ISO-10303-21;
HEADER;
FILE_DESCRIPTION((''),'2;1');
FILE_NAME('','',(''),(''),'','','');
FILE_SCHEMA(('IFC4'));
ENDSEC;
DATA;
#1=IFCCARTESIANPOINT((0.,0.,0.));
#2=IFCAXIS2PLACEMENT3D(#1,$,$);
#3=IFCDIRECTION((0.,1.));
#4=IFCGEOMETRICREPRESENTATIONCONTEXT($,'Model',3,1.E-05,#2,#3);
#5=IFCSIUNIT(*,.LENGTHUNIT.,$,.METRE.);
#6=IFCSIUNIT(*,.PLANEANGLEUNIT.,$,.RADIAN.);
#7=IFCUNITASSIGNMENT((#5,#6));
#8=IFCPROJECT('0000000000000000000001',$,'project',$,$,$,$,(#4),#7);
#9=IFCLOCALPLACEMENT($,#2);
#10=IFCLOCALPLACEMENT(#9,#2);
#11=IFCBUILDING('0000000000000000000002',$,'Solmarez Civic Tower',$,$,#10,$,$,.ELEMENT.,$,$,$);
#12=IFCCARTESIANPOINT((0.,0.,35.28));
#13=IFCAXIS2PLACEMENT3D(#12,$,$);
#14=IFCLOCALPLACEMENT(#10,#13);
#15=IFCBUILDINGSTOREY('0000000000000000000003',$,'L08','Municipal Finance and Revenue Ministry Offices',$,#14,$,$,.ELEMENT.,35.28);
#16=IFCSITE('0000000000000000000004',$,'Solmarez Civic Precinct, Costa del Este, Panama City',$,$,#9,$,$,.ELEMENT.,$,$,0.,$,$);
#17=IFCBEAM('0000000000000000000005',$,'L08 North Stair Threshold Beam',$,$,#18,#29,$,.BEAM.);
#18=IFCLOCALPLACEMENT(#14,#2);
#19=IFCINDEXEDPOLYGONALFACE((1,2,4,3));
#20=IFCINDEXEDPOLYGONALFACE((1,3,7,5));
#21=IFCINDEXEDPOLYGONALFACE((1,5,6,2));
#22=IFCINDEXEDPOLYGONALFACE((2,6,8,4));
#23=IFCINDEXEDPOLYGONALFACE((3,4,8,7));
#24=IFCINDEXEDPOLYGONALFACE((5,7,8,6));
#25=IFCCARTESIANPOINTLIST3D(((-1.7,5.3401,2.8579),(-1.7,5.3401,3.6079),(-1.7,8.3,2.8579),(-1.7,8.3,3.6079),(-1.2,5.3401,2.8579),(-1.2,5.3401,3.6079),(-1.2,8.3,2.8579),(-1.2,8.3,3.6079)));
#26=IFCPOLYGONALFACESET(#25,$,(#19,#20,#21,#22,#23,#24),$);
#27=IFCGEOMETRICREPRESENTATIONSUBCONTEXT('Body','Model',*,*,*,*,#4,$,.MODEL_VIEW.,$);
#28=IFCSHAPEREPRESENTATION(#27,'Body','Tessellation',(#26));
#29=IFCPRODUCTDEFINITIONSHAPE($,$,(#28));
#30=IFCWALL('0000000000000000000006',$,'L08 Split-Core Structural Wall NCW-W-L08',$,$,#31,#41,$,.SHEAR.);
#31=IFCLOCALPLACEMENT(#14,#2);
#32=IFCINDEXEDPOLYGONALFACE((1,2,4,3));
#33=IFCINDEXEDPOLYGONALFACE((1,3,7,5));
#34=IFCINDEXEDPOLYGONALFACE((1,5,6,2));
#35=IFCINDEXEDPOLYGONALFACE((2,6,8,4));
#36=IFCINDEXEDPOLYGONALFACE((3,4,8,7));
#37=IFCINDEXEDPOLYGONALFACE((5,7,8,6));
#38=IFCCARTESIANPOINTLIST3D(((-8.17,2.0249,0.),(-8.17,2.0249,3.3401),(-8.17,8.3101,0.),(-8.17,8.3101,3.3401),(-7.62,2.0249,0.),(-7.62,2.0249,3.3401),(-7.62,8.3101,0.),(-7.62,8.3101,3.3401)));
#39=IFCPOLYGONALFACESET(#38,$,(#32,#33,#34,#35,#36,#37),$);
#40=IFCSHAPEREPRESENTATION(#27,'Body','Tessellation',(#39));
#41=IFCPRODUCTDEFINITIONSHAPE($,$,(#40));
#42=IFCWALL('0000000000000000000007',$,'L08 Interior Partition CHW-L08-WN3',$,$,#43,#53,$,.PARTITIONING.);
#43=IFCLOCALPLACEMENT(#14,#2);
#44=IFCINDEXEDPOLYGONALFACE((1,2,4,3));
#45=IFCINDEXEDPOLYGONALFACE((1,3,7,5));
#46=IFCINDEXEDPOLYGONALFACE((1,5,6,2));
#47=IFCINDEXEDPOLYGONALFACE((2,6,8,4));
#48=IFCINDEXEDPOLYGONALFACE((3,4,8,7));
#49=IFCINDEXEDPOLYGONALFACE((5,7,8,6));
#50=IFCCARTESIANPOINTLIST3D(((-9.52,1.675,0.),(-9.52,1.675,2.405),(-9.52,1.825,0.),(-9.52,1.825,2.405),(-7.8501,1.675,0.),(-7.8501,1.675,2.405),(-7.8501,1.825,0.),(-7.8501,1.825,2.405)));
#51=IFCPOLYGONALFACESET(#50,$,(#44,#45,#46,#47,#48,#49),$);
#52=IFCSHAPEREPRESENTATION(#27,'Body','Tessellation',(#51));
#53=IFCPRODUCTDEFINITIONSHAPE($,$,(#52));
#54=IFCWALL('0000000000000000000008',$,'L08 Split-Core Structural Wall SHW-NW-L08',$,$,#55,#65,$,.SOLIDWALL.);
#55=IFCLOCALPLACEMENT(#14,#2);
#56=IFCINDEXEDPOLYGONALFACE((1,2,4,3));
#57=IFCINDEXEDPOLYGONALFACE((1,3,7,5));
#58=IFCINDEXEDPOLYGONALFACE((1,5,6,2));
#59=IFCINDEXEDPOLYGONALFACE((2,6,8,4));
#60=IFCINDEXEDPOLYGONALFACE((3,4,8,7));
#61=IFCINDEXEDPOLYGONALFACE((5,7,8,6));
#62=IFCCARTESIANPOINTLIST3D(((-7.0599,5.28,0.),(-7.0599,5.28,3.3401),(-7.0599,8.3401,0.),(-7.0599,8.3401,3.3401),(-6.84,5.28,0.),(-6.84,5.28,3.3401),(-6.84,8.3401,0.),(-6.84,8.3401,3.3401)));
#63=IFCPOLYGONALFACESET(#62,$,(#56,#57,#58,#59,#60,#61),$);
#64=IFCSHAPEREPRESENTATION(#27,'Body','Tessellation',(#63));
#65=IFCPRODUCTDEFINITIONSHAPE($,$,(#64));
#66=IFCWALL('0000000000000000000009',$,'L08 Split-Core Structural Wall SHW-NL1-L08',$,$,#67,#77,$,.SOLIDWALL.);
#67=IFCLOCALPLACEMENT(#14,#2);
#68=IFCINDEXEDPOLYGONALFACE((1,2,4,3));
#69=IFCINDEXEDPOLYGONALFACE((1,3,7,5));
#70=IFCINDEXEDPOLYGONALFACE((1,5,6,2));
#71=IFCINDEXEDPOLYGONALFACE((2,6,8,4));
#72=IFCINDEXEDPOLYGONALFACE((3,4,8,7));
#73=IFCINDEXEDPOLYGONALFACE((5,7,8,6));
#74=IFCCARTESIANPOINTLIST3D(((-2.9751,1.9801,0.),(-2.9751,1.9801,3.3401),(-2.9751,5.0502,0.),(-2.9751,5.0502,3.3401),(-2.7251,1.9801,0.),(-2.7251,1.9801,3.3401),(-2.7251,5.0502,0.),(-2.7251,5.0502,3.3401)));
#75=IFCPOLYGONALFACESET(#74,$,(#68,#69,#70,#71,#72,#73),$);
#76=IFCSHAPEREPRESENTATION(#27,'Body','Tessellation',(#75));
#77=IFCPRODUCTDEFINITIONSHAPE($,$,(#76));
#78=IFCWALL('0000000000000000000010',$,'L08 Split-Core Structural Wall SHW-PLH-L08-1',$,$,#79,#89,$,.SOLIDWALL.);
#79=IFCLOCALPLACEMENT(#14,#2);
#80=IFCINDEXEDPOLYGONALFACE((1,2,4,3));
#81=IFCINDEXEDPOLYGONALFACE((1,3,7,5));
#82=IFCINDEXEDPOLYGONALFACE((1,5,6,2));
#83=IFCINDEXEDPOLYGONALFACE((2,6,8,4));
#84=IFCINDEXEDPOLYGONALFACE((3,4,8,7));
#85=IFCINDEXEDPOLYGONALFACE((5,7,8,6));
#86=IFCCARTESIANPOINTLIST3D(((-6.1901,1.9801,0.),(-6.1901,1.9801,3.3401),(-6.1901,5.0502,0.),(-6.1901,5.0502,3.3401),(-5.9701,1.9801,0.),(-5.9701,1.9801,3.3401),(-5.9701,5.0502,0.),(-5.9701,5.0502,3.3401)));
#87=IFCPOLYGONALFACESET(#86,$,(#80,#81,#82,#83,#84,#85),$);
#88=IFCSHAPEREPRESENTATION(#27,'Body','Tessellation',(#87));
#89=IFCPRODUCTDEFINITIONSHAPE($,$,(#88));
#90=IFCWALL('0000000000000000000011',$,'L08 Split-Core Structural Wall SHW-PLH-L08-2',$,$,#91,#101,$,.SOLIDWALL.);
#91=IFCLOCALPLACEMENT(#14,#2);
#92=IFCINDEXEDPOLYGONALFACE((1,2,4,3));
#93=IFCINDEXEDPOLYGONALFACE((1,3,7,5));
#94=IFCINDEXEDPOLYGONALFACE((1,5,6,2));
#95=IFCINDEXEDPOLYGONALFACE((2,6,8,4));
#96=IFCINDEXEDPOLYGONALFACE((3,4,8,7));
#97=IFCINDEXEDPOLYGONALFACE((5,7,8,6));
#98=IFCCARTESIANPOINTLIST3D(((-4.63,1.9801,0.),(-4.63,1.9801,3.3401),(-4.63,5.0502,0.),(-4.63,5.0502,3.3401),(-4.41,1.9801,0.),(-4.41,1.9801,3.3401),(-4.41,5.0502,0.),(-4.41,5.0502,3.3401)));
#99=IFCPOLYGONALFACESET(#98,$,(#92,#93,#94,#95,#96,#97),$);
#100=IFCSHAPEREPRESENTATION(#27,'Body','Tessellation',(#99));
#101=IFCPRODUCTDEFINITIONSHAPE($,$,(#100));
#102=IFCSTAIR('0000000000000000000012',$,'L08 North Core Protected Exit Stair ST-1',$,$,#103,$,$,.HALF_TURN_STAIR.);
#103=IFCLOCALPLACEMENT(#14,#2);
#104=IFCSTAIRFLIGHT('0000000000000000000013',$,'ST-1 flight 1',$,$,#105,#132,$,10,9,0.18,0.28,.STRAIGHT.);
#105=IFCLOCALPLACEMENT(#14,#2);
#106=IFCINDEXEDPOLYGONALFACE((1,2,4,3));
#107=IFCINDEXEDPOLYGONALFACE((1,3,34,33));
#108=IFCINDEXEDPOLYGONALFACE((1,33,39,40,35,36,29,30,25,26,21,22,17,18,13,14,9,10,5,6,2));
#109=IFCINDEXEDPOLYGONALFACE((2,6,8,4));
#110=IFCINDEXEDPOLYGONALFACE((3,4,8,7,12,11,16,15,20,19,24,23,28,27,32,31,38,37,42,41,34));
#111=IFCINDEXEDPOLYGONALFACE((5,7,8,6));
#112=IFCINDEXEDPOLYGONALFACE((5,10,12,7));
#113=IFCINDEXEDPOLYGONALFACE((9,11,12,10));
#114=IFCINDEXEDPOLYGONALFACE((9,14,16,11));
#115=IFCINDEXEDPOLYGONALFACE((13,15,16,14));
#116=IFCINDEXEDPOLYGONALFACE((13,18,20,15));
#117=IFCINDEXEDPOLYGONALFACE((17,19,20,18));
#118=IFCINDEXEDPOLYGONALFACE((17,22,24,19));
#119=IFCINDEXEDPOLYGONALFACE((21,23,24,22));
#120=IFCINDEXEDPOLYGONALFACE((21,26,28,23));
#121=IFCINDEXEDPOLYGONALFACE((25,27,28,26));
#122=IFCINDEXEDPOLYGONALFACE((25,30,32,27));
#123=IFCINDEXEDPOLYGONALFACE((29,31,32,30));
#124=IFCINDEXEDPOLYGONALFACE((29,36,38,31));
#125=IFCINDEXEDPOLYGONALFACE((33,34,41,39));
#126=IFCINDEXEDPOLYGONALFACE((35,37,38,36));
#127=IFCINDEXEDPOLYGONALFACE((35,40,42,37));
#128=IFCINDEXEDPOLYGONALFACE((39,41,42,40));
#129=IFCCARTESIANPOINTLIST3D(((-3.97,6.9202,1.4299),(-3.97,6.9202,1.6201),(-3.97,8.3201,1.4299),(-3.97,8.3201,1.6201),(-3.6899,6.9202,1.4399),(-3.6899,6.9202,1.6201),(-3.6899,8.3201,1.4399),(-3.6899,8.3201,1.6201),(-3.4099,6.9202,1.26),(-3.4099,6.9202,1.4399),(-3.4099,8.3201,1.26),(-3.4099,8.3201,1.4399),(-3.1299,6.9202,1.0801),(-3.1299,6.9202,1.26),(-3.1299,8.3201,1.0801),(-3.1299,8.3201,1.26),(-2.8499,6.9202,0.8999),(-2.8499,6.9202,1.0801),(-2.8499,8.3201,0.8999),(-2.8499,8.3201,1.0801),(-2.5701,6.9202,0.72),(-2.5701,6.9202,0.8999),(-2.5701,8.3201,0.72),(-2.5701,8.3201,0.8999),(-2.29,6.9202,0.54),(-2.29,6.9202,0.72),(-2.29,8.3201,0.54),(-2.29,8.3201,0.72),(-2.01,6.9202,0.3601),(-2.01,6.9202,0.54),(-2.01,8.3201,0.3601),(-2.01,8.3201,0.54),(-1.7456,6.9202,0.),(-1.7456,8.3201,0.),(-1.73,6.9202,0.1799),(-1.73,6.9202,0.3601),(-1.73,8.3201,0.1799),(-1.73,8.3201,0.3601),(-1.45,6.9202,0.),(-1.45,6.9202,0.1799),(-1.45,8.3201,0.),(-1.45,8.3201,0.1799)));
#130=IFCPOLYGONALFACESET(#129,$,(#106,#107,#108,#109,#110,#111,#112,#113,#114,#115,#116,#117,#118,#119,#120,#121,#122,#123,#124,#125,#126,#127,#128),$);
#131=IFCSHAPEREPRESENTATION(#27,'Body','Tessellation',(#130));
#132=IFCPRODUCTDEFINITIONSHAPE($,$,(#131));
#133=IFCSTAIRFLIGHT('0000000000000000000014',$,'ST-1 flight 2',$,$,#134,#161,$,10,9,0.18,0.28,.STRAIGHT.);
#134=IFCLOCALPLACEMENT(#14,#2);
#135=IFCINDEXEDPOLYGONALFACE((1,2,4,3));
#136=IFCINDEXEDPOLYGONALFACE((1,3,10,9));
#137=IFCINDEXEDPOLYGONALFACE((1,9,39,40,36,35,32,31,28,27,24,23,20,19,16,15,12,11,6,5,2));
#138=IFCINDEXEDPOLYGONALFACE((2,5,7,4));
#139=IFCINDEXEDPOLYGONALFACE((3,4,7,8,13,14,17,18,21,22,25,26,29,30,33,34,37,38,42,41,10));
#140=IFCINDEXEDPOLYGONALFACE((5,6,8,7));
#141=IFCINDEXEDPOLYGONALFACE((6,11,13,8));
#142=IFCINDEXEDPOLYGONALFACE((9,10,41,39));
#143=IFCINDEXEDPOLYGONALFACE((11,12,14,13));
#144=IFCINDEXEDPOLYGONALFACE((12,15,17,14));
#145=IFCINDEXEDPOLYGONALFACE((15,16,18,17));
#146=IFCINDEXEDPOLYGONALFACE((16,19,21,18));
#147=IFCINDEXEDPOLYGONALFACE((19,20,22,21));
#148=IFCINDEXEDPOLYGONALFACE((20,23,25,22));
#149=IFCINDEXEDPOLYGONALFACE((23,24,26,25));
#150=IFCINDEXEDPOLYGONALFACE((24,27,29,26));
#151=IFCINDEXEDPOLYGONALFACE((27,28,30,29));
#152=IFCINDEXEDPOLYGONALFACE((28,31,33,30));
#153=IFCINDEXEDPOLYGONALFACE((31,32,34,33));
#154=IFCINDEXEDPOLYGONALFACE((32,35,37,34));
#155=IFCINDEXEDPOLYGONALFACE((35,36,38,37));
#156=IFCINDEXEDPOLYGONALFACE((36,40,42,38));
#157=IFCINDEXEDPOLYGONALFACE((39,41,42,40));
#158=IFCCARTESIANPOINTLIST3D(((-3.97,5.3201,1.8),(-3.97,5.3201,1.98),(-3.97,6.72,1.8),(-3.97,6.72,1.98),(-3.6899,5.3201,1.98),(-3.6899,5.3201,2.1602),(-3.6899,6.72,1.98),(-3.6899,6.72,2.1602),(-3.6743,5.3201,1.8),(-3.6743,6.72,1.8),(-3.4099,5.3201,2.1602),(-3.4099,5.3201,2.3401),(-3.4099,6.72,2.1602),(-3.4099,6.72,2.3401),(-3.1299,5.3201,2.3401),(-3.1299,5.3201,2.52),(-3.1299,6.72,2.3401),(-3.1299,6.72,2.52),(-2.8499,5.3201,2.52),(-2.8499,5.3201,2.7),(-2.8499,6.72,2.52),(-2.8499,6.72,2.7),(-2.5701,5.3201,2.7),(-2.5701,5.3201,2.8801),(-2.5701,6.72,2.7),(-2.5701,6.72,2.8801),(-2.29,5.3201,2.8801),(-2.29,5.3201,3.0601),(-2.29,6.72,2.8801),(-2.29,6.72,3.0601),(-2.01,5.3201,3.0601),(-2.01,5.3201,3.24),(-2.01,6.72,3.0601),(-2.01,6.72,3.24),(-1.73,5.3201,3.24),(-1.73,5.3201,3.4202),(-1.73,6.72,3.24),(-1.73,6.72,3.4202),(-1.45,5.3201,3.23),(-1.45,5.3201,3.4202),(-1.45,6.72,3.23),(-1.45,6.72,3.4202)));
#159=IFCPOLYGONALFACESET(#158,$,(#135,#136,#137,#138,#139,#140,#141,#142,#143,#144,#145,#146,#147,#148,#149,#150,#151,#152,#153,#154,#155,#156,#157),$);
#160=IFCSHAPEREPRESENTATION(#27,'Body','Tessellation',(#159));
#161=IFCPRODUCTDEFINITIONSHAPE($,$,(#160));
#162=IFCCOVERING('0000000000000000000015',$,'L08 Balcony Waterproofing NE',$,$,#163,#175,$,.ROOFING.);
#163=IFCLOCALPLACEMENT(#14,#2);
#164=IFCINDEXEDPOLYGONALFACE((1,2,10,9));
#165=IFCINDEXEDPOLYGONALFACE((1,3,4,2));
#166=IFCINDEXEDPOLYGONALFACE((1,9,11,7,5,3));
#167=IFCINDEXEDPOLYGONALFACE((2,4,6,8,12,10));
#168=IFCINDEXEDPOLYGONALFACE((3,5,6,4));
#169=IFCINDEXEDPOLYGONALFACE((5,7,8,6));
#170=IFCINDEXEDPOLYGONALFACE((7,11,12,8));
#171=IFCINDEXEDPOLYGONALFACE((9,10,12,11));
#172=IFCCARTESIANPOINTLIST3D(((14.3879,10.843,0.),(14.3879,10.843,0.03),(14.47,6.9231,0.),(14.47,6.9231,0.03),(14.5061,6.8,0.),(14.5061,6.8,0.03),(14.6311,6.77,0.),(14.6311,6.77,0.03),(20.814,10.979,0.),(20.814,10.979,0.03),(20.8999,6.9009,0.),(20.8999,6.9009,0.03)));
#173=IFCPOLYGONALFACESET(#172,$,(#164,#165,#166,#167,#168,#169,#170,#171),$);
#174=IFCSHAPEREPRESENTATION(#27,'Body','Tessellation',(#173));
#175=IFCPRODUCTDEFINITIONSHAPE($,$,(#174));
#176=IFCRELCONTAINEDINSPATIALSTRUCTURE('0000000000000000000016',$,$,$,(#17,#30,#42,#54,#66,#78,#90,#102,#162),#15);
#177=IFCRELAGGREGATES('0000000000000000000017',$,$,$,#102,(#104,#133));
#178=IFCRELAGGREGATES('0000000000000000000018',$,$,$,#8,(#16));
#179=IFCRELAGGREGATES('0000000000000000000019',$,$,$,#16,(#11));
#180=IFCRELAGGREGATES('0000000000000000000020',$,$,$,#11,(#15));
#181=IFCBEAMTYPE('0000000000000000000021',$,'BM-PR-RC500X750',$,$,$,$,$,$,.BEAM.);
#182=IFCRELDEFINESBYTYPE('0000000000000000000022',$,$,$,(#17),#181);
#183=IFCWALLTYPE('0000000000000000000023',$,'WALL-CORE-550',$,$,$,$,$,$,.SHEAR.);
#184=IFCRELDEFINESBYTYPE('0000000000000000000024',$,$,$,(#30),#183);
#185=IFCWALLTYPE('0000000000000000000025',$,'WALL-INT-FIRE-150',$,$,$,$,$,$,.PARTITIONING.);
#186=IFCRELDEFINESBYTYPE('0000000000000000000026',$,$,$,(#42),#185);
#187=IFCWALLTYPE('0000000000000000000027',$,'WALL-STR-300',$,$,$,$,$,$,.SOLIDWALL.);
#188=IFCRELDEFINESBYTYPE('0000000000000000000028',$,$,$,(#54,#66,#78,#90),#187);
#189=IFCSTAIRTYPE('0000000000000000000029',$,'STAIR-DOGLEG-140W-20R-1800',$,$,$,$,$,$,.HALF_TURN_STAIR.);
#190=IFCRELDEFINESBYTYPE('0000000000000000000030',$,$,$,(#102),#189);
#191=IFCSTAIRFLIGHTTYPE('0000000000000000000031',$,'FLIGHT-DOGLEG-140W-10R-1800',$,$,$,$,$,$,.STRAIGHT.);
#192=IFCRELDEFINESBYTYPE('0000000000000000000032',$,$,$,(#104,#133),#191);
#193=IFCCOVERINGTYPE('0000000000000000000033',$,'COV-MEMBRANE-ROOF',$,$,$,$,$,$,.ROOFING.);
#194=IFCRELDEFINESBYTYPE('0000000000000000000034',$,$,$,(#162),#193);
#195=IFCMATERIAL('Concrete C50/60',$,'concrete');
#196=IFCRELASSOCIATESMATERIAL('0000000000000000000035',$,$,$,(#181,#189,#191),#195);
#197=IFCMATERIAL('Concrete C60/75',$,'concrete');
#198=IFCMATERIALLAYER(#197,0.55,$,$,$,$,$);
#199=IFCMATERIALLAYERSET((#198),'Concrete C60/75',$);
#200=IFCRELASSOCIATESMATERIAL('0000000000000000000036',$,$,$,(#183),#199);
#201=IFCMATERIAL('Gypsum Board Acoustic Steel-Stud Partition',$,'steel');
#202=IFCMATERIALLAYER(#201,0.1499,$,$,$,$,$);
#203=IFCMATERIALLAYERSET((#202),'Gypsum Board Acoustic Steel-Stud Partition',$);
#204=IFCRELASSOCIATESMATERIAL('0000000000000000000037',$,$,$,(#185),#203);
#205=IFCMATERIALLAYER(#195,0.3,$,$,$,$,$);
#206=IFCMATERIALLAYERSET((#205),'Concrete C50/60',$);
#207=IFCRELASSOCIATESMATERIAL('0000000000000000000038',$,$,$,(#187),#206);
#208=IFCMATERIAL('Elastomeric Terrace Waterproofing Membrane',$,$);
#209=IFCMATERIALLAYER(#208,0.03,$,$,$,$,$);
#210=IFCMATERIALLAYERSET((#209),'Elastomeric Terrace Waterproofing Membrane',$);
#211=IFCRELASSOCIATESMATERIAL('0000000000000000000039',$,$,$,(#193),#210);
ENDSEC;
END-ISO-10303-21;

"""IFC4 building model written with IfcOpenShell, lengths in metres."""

from ifc_helpers import new_model, si_unit, direction, frame, frame_2d, origin, origin_2d, place, context, subcontext, project, spatial, polyline, rectangle, outline, extrude, material, layer, layer_set, material_profile, profile_set, type_object, element, aggregate, save


model = new_model("IFC4")

# Units and contexts
model_context = context("Model", 3, precision=1e-05, world=origin(), true_north=direction((0.0, 1.0)))
body_context = subcontext(model_context, "Body", "Model", "MODEL_VIEW")
ifc_project = project(units=[si_unit("LENGTHUNIT", "METRE"), si_unit("PLANEANGLEUNIT", "RADIAN")], contexts=[model_context])

# Site, building, storey
site_placement = place(None, origin())
site = spatial("IfcSite", under=ifc_project, at=site_placement, Name="Solmarez Civic Precinct, Costa del Este, Panama City", CompositionType="ELEMENT", RefElevation=0.0)
building_placement = place(site_placement, origin())
building = spatial("IfcBuilding", under=site, at=building_placement, Name="Solmarez Civic Tower", CompositionType="ELEMENT")
storey_placement = place(building_placement, frame((0.0, 0.0, 35.28)))
storey = spatial("IfcBuildingStorey", under=building, at=storey_placement, Name="L08", Description="Municipal Finance and Revenue Ministry Offices", CompositionType="ELEMENT", Elevation=35.28)

# Beam
ifc_material_1 = material(Name="Concrete C50/60", Category="concrete")
ifc_material_profile = material_profile(ifc_material_1, rectangle(XDim=0.5, YDim=0.75, at=origin_2d()), Name="RC500X750")
ifc_profile_set = profile_set([ifc_material_profile], Name="Concrete C50/60")
beam_type = type_object("IfcBeamType", Name="BM-PR-RC500X750", PredefinedType="BEAM", material=ifc_profile_set)
beam_placement = place(storey_placement, frame((-1.45, 5.3401, 3.2329), z_axis=(0.0, 1.0, 0.0), x_axis=(-1.0, 0.0, 0.0)))
element("IfcBeam", 1, at=beam_placement, inside=storey, type_object=beam_type, Name="L08 North Stair Threshold Beam", PredefinedType="BEAM", context=body_context, shape_type="SweptSolid", body=[
    extrude(rectangle(XDim=0.5, YDim=0.75, at=origin_2d()), origin(), (0.0, 0.0, 1.0), 2.96),
])

# Walls
ifc_material_2 = material(Name="Concrete C60/75", Category="concrete")
ifc_layer_1 = layer(ifc_material_2, 0.55)
ifc_layer_set_1 = layer_set([ifc_layer_1], Name="Concrete C60/75")
wall_type_1 = type_object("IfcWallType", Name="WALL-CORE-550", PredefinedType="SHEAR", material=ifc_layer_set_1)
wall_1_placement = place(storey_placement, frame((-7.895, 2.0249, 0.0), z_axis=(0.0, 0.0, 1.0), x_axis=(0.0, 1.0, 0.0)))
element("IfcWall", 2, at=wall_1_placement, inside=storey, type_object=wall_type_1, Name="L08 Split-Core Structural Wall NCW-W-L08", PredefinedType="SHEAR", context=body_context, shape_type="SweptSolid", body=[
    extrude(rectangle(XDim=6.2852, YDim=0.55, at=frame_2d((3.1426, 0.0))), origin(), (0.0, 0.0, 1.0), 3.3401),
])
ifc_material_3 = material(Name="Gypsum Board Acoustic Steel-Stud Partition", Category="steel")
ifc_layer_2 = layer(ifc_material_3, 0.1499)
ifc_layer_set_2 = layer_set([ifc_layer_2], Name="Gypsum Board Acoustic Steel-Stud Partition")
wall_type_2 = type_object("IfcWallType", Name="WALL-INT-FIRE-150", PredefinedType="PARTITIONING", material=ifc_layer_set_2)
wall_2_placement = place(storey_placement, frame((-7.8501, 1.75, 0.0), z_axis=(0.0, 0.0, 1.0), x_axis=(-1.0, 0.0, 0.0)))
element("IfcWall", 3, at=wall_2_placement, inside=storey, type_object=wall_type_2, Name="L08 Interior Partition CHW-L08-WN3", PredefinedType="PARTITIONING", context=body_context, shape_type="SweptSolid", body=[
    extrude(rectangle(XDim=1.6699, YDim=0.1499, at=frame_2d((0.835, 0.0))), origin(), (0.0, 0.0, 1.0), 2.405),
])
ifc_layer_3 = layer(ifc_material_1, 0.3)
ifc_layer_set_3 = layer_set([ifc_layer_3], Name="Concrete C50/60")
wall_type_3 = type_object("IfcWallType", Name="WALL-STR-300", PredefinedType="SOLIDWALL", material=ifc_layer_set_3)
wall_3_placement = place(storey_placement, frame((-6.95, 5.28, 0.0), z_axis=(0.0, 0.0, 1.0), x_axis=(0.0, 1.0, 0.0)))
element("IfcWall", 4, at=wall_3_placement, inside=storey, type_object=wall_type_3, Name="L08 Split-Core Structural Wall SHW-NW-L08", PredefinedType="SOLIDWALL", context=body_context, shape_type="SweptSolid", body=[
    extrude(rectangle(XDim=3.0601, YDim=0.22, at=frame_2d((1.53, 0.0))), origin(), (0.0, 0.0, 1.0), 3.3401),
])
wall_4_placement = place(storey_placement, frame((-2.8501, 1.98, 0.0), z_axis=(0.0, 0.0, 1.0), x_axis=(0.0, 1.0, 0.0)))
element("IfcWall", 5, at=wall_4_placement, inside=storey, type_object=wall_type_3, Name="L08 Split-Core Structural Wall SHW-NL1-L08", PredefinedType="SOLIDWALL", context=body_context, shape_type="SweptSolid", body=[
    extrude(rectangle(XDim=3.0701, YDim=0.25, at=frame_2d((1.5352, 0.0))), origin(), (0.0, 0.0, 1.0), 3.3401),
])
for number, where, z_axis, x_axis, name in (
    (6, (-6.0801, 1.98, 0.0), (0.0, 0.0, 1.0), (0.0, 1.0, 0.0), "L08 Split-Core Structural Wall SHW-PLH-L08-1"),
    (7, (-4.52, 1.98, 0.0), (0.0, 0.0, 1.0), (0.0, 1.0, 0.0), "L08 Split-Core Structural Wall SHW-PLH-L08-2"),
):
    element("IfcWall", number, at=place(storey_placement, frame(where, z_axis=z_axis, x_axis=x_axis)), inside=storey, type_object=wall_type_3, Name=name, PredefinedType="SOLIDWALL", context=body_context, shape_type="SweptSolid", body=[
        extrude(rectangle(XDim=3.0701, YDim=0.22, at=frame_2d((1.5352, 0.0))), origin(), (0.0, 0.0, 1.0), 3.3401),
    ])

# Stair, stair flights
stair_type = type_object("IfcStairType", Name="STAIR-DOGLEG-140W-20R-1800", PredefinedType="HALF_TURN_STAIR", material=ifc_material_1)
stair_placement = place(storey_placement, origin())
stair = element("IfcStair", 8, at=stair_placement, inside=storey, type_object=stair_type, Name="L08 North Core Protected Exit Stair ST-1", PredefinedType="HALF_TURN_STAIR")
stair_flight_type = type_object("IfcStairFlightType", Name="FLIGHT-DOGLEG-140W-10R-1800", PredefinedType="STRAIGHT", material=ifc_material_1)
stair_flight_1_placement = place(storey_placement, frame((-1.45, 7.6201, 0.0), z_axis=(0.0, 0.0, 1.0), x_axis=(-1.0, 0.0, 0.0)))
stair_flight_1 = element("IfcStairFlight", 9, at=stair_flight_1_placement, type_object=stair_flight_type, Name="ST-1 flight 1", NumberOfRisers=10, NumberOfTreads=9, PredefinedType="STRAIGHT", RiserHeight=0.18, TreadLength=0.28, context=body_context, shape_type="SweptSolid", body=[
    extrude(outline(polyline([(0.0, 0.0), (0.0, 0.1799), (0.28, 0.1799), (0.28, 0.3601), (0.5601, 0.3601), (0.5601, 0.54), (0.8401, 0.54), (0.8401, 0.72), (1.1201, 0.72), (1.1201, 0.8999), (1.3999, 0.8999), (1.3999, 1.0801), (1.6799, 1.0801), (1.6799, 1.26), (1.96, 1.26), (1.96, 1.4399), (2.24, 1.4399), (2.24, 1.6201), (2.52, 1.6201), (2.52, 1.8), (2.52, 1.4299), (0.2957, 0.0), (0.0, 0.0)])), frame((0.0, 0.7, 0.0), z_axis=(0.0, -1.0, 0.0), x_axis=(1.0, 0.0, 0.0)), (0.0, 0.0, 1.0), 1.3999),
])
stair_flight_2_placement = place(storey_placement, frame((-3.97, 6.02, 1.8), z_axis=(0.0, 0.0, 1.0), x_axis=(1.0, 0.0, 0.0)))
stair_flight_2 = element("IfcStairFlight", 10, at=stair_flight_2_placement, type_object=stair_flight_type, Name="ST-1 flight 2", NumberOfRisers=10, NumberOfTreads=9, PredefinedType="STRAIGHT", RiserHeight=0.18, TreadLength=0.28, context=body_context, shape_type="SweptSolid", body=[
    extrude(outline(polyline([(0.0, 0.0), (0.0, 0.1799), (0.28, 0.1799), (0.28, 0.3601), (0.5601, 0.3601), (0.5601, 0.54), (0.8401, 0.54), (0.8401, 0.72), (1.1201, 0.72), (1.1201, 0.8999), (1.3999, 0.8999), (1.3999, 1.0801), (1.6799, 1.0801), (1.6799, 1.26), (1.96, 1.26), (1.96, 1.4399), (2.24, 1.4399), (2.24, 1.6201), (2.52, 1.6201), (2.52, 1.8), (2.52, 1.4299), (0.2957, 0.0), (0.0, 0.0)])), frame((0.0, 0.7, 0.0), z_axis=(0.0, -1.0, 0.0), x_axis=(1.0, 0.0, 0.0)), (0.0, 0.0, 1.0), 1.3999),
])
aggregate(stair, [stair_flight_1, stair_flight_2])

# Covering
ifc_material_4 = material(Name="Elastomeric Terrace Waterproofing Membrane")
ifc_layer_4 = layer(ifc_material_4, 0.03)
ifc_layer_set_4 = layer_set([ifc_layer_4], Name="Elastomeric Terrace Waterproofing Membrane")
covering_type = type_object("IfcCoveringType", Name="COV-MEMBRANE-ROOF", PredefinedType="ROOFING", material=ifc_layer_set_4)
covering_placement = place(storey_placement, origin())
element("IfcCovering", 11, at=covering_placement, inside=storey, type_object=covering_type, Name="L08 Balcony Waterproofing NE", PredefinedType="ROOFING", context=body_context, shape_type="SweptSolid", body=[
    extrude(outline(polyline([(14.47, 6.9231), (14.5061, 6.8), (14.6311, 6.77), (20.8999, 6.9009), (20.814, 10.979), (14.3879, 10.843), (14.47, 6.9231)])), origin(), (0.0, 0.0, 1.0), 0.03),
])

save(model, "model.ifc")
